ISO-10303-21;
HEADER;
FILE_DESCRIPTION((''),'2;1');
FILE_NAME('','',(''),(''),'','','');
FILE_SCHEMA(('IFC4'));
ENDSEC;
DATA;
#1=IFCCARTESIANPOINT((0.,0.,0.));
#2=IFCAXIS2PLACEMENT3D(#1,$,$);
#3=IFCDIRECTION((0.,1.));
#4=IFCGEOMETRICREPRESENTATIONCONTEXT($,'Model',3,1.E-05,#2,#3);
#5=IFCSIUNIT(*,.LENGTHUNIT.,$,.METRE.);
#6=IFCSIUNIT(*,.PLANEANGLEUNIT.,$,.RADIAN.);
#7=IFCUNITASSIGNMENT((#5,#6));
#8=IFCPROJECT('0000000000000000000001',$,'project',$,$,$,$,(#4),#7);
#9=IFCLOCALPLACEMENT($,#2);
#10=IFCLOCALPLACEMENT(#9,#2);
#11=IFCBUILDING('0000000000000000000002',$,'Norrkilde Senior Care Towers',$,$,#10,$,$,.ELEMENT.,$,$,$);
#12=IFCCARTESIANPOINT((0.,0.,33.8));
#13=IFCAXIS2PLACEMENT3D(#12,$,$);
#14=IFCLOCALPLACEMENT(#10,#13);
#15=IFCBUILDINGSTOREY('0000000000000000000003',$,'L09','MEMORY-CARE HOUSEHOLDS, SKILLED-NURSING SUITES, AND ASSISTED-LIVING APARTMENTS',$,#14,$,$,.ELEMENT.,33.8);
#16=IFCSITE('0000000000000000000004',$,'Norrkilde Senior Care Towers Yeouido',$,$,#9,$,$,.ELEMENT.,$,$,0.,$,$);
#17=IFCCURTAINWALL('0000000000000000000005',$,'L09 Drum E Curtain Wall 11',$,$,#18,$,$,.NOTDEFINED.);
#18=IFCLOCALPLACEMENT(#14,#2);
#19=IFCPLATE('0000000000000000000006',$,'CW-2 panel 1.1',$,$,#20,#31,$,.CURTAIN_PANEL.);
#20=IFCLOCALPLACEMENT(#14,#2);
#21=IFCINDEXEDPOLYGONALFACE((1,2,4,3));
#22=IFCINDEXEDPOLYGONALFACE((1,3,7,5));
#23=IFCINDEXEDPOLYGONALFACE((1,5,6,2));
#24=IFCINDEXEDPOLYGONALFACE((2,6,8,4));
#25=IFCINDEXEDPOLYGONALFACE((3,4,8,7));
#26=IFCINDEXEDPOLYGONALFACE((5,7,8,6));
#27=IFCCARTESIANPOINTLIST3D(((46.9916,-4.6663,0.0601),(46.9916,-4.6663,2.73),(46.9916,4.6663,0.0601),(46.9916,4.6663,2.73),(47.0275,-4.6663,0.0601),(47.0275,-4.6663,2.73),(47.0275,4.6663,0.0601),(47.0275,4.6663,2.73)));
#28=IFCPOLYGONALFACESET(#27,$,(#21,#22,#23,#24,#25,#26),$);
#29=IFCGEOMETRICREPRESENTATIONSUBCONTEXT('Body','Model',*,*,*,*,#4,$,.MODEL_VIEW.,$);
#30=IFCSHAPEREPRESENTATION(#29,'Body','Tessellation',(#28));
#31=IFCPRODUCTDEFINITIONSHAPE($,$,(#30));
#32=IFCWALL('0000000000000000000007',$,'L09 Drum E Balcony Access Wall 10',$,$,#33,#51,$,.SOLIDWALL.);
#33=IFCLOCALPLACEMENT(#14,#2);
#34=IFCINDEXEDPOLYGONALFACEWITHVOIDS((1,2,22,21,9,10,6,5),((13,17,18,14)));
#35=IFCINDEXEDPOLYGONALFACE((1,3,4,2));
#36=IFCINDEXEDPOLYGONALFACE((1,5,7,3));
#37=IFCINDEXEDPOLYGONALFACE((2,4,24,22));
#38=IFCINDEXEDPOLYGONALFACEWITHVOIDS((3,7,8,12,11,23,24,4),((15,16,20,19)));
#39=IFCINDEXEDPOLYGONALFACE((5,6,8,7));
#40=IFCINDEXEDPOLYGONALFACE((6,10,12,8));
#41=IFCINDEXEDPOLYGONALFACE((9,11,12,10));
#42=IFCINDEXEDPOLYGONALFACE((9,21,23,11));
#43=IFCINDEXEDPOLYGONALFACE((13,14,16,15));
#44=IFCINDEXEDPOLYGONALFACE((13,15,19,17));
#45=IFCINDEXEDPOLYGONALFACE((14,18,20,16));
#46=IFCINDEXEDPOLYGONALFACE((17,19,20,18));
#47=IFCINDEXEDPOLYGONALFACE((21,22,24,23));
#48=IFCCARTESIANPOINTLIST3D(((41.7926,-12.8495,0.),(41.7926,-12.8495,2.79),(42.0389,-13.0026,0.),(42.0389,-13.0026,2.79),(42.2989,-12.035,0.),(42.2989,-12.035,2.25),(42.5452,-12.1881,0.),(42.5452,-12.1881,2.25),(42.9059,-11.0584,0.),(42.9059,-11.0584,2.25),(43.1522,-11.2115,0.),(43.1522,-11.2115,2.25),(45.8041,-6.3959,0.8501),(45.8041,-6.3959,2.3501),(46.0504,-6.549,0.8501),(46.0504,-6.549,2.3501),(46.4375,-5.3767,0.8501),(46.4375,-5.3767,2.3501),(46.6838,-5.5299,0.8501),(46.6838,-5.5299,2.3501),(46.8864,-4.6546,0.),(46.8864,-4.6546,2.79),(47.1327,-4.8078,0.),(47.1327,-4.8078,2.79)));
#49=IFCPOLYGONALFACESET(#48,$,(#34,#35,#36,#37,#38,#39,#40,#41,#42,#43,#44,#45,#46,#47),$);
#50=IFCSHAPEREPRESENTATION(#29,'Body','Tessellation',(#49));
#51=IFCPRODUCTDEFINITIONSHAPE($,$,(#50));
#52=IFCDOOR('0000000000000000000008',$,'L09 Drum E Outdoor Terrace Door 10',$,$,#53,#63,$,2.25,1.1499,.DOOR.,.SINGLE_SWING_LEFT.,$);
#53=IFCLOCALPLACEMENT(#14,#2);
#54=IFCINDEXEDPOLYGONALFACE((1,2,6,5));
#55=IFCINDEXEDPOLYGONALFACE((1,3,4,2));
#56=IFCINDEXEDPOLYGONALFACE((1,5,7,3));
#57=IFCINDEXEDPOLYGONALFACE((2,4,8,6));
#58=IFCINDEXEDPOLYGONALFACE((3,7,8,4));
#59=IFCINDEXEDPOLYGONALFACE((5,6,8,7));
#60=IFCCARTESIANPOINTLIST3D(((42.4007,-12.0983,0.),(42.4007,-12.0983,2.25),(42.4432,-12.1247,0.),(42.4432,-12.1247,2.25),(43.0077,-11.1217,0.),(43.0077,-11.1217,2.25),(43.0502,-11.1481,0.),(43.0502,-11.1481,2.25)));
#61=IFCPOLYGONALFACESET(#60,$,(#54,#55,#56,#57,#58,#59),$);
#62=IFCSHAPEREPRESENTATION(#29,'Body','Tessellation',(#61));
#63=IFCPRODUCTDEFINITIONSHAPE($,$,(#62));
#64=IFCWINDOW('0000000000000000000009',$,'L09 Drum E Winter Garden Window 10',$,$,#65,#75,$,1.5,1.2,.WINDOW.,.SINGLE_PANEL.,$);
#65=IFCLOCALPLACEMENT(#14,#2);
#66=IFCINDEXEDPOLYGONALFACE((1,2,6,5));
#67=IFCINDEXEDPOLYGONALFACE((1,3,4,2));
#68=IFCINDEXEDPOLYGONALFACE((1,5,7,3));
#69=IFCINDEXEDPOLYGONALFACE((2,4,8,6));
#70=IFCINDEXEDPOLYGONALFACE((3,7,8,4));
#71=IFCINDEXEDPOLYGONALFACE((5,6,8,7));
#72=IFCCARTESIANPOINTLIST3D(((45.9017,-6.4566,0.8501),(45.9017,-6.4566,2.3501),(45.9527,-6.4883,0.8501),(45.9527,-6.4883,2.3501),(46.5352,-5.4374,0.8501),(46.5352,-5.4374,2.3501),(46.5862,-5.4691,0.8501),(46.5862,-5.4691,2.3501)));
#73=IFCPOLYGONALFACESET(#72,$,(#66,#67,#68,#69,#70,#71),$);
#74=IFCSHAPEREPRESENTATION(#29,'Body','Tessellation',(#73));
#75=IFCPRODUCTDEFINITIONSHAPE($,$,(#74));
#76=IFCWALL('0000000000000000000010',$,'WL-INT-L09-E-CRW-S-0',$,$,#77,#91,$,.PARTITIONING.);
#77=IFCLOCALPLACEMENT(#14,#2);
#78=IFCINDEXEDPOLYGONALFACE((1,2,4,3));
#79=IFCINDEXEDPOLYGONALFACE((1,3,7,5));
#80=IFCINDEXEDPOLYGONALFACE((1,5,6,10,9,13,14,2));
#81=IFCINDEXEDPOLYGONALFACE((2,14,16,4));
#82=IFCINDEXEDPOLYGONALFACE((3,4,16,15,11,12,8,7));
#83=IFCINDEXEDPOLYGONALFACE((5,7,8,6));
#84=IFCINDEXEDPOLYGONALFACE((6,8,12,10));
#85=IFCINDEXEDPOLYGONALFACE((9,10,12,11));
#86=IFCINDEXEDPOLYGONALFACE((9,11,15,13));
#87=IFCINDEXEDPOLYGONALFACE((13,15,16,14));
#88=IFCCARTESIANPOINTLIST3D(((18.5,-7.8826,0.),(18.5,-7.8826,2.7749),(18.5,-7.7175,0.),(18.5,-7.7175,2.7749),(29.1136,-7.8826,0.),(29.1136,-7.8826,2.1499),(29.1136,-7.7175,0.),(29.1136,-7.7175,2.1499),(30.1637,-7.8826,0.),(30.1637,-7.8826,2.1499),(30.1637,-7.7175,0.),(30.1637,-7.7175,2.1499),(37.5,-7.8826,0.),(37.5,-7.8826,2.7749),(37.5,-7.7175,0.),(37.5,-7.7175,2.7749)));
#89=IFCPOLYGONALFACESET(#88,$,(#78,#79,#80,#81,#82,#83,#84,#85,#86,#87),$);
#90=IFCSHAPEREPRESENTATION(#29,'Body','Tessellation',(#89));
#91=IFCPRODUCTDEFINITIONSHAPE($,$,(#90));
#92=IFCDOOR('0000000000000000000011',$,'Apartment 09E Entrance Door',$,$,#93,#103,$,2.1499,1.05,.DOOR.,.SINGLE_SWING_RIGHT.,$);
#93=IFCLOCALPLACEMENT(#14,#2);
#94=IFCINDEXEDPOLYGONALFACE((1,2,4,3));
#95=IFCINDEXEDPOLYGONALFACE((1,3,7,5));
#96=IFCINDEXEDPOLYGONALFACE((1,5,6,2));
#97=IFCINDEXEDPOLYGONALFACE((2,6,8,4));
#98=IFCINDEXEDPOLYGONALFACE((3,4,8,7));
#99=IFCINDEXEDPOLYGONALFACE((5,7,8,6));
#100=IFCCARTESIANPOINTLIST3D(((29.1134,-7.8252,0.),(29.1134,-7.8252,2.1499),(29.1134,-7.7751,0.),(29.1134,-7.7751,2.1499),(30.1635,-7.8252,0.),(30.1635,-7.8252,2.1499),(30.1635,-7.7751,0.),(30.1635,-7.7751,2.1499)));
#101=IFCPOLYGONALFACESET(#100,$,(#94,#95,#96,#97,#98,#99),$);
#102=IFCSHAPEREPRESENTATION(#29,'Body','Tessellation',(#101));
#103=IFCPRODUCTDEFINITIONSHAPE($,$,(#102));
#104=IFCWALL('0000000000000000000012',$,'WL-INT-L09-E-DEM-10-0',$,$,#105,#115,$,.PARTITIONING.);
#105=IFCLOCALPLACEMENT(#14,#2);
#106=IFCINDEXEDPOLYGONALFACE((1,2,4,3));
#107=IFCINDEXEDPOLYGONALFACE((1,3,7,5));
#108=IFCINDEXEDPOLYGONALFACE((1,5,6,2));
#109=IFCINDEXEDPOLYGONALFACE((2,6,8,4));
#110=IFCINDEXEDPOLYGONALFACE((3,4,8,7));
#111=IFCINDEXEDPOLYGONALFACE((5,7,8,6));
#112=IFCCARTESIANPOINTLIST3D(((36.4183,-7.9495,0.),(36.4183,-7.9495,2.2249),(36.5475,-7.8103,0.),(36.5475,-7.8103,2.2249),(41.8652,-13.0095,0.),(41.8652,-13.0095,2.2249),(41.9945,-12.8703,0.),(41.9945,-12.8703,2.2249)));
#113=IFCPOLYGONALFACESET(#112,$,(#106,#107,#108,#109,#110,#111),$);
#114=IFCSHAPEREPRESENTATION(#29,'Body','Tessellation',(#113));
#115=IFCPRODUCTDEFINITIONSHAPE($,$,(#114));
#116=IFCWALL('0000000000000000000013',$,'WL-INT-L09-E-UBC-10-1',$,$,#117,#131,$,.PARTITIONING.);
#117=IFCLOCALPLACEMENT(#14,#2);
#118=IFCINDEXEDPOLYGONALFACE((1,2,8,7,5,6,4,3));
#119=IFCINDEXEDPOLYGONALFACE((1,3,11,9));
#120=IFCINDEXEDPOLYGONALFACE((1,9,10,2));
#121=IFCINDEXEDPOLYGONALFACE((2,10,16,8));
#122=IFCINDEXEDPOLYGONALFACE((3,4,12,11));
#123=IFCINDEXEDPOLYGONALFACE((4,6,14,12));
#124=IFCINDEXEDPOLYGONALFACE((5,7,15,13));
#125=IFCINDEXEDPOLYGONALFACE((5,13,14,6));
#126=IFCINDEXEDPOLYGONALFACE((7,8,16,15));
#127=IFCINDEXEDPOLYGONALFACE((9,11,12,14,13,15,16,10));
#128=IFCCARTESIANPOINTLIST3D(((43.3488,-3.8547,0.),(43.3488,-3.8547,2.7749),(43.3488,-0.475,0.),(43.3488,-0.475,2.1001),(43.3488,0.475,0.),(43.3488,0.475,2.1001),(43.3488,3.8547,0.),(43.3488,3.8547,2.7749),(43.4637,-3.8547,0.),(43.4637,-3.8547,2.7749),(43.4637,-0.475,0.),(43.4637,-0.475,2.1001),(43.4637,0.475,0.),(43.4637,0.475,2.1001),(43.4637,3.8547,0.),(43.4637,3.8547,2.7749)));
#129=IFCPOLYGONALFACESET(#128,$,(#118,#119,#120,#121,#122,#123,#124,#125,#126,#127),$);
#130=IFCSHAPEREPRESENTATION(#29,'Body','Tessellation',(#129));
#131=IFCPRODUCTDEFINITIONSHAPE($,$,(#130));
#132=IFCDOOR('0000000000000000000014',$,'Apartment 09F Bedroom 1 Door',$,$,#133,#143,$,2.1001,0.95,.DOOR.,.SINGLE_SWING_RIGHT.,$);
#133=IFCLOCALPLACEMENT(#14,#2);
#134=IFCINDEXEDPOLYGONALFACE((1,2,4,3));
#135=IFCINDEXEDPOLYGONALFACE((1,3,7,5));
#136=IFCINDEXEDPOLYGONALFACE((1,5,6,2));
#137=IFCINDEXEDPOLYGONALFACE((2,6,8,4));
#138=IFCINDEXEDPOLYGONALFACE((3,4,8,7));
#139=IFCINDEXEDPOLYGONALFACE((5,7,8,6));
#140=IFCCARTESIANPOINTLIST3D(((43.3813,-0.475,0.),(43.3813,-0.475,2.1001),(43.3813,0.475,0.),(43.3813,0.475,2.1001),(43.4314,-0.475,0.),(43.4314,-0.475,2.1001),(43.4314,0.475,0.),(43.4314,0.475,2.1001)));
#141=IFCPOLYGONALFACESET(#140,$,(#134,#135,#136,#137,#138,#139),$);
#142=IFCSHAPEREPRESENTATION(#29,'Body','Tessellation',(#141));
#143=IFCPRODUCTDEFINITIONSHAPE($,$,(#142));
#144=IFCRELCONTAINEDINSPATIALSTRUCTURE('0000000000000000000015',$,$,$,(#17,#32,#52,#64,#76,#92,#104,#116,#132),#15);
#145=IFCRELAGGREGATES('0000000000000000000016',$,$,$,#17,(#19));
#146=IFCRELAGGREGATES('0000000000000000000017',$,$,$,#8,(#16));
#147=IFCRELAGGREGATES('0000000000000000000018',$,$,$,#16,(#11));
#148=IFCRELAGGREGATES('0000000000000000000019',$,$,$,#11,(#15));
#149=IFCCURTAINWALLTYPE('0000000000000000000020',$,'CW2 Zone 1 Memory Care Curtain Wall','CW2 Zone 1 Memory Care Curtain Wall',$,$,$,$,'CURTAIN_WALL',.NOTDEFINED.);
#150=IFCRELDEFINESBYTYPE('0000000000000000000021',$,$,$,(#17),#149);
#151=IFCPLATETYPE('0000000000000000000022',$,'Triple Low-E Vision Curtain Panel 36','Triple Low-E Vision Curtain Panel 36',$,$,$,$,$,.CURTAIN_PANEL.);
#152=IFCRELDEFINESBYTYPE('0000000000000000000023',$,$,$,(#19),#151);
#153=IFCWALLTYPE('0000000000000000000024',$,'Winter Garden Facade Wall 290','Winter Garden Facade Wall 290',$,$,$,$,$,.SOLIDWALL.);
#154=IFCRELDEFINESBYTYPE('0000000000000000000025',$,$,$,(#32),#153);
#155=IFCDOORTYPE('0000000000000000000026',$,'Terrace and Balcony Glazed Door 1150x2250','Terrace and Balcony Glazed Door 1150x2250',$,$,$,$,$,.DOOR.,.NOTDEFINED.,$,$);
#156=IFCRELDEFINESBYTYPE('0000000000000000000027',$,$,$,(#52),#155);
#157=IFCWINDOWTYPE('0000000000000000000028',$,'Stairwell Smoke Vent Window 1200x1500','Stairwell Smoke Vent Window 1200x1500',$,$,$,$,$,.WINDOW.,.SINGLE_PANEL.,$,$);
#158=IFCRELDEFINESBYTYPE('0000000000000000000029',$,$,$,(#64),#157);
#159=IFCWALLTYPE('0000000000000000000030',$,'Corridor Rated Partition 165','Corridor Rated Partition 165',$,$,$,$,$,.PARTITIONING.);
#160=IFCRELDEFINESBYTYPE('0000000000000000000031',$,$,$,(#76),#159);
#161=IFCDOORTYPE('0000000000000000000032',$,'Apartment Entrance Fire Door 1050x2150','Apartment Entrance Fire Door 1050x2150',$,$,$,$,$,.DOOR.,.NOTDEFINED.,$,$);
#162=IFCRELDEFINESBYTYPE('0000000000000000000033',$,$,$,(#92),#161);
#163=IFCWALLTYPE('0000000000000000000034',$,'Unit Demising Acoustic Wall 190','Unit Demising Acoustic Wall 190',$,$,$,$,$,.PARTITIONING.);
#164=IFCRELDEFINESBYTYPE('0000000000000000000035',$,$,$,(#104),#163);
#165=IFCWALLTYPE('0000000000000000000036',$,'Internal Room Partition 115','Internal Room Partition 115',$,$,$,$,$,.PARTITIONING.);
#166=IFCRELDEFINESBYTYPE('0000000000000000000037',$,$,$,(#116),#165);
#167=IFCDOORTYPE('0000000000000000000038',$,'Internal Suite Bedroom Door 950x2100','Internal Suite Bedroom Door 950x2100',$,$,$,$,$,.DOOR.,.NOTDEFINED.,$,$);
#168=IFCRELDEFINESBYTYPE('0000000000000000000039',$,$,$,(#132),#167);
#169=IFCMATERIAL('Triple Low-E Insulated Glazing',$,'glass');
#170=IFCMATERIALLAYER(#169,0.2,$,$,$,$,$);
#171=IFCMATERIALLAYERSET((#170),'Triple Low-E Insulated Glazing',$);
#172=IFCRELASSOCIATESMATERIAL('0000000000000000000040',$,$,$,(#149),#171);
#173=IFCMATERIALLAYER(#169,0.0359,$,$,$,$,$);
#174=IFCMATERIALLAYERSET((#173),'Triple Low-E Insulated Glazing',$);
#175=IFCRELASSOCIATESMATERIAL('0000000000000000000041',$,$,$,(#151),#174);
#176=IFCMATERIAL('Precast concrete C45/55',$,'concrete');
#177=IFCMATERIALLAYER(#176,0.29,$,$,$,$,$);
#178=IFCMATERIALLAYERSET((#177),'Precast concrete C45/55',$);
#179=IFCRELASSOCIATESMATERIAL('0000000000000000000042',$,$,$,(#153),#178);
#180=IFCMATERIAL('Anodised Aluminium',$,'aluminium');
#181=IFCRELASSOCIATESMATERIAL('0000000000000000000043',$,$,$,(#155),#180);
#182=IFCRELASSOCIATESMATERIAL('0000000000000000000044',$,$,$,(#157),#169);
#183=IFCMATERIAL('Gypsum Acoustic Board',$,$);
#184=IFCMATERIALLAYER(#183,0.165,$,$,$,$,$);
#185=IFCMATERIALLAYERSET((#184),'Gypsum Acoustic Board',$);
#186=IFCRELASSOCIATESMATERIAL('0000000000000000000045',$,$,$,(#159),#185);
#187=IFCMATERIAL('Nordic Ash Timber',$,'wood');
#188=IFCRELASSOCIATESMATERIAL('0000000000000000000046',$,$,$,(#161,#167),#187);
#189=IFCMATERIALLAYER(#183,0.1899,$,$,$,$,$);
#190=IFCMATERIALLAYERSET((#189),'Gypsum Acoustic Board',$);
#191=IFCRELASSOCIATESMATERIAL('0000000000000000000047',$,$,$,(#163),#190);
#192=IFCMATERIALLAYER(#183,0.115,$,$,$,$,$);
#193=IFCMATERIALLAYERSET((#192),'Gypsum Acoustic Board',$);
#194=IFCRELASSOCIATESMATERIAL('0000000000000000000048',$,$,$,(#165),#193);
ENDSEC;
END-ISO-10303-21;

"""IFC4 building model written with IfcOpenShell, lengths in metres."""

from ifc_helpers import new_model, si_unit, direction, frame, frame_2d, origin, origin_2d, place, context, subcontext, project, spatial, rectangle, extrude, source, transform, mapped, material, layer, layer_set, type_object, type_shapes, element, fill, aggregate, save


model = new_model("IFC4")

# Units and contexts
model_context = context("Model", 3, precision=1e-05, world=origin(), true_north=direction((0.0, 1.0)))
body_context = subcontext(model_context, "Body", "Model", "MODEL_VIEW")
ifc_project = project(units=[si_unit("LENGTHUNIT", "METRE"), si_unit("PLANEANGLEUNIT", "RADIAN")], contexts=[model_context])

# Site, building, storey
site_placement = place(None, origin())
site = spatial("IfcSite", under=ifc_project, at=site_placement, Name="Norrkilde Senior Care Towers Yeouido", CompositionType="ELEMENT", RefElevation=0.0)
building_placement = place(site_placement, origin())
building = spatial("IfcBuilding", under=site, at=building_placement, Name="Norrkilde Senior Care Towers", CompositionType="ELEMENT")
storey_placement = place(building_placement, frame((0.0, 0.0, 33.8)))
storey = spatial("IfcBuildingStorey", under=building, at=storey_placement, Name="L09", Description="MEMORY-CARE HOUSEHOLDS, SKILLED-NURSING SUITES, AND ASSISTED-LIVING APARTMENTS", CompositionType="ELEMENT", Elevation=33.8)

# Curtain wall
ifc_material_1 = material(Name="Triple Low-E Insulated Glazing", Category="glass")
ifc_layer_1 = layer(ifc_material_1, 0.2)
ifc_layer_set_1 = layer_set([ifc_layer_1], Name="Triple Low-E Insulated Glazing")
curtain_wall_type = type_object("IfcCurtainWallType", Name="CW2 Zone 1 Memory Care Curtain Wall", Description="CW2 Zone 1 Memory Care Curtain Wall", ElementType="CURTAIN_WALL", PredefinedType="NOTDEFINED", material=ifc_layer_set_1)
ifc_material_2 = material(Name="Anodised Aluminium", Category="aluminium")
curtain_wall_1_placement = place(storey_placement, origin())
curtain_wall_1 = element("IfcCurtainWall", 1, at=curtain_wall_1_placement, inside=storey, type_object=curtain_wall_type, Name="L09 Drum E Curtain Wall 11", PredefinedType="NOTDEFINED")

# Plate
ifc_layer_2 = layer(ifc_material_1, 0.0359)
ifc_layer_set_2 = layer_set([ifc_layer_2], Name="Triple Low-E Insulated Glazing")
plate_type = type_object("IfcPlateType", Name="Triple Low-E Vision Curtain Panel 36", Description="Triple Low-E Vision Curtain Panel 36", PredefinedType="CURTAIN_PANEL", material=ifc_layer_set_2)
shared_shape_1 = source(origin(), body_context, "Body", "SweptSolid", [
    extrude(rectangle(XDim=9.3325, YDim=0.0359, at=origin_2d()), origin(), (0.0, 0.0, 1.0), 2.6699),
])
plate_1_placement = place(storey_placement, frame((47.0095, 0.0, 0.0601), z_axis=(0.0, 0.0, 1.0), x_axis=(0.0, -1.0, 0.0)))
plate_1 = element("IfcPlate", 2, at=plate_1_placement, type_object=plate_type, Name="CW-2 panel 1.1", PredefinedType="CURTAIN_PANEL", context=body_context, shape_type="MappedRepresentation", body=[
    mapped(shared_shape_1, transform((0.0, 0.0, 0.0), x_axis=(1.0, 0.0, 0.0), y_axis=(0.0, 1.0, 0.0), z_axis=(0.0, 0.0, 1.0), scale=1.0)),
])
aggregate(curtain_wall_1, [plate_1])

# Wall, openings, door, window
ifc_material_3 = material(Name="Precast concrete C45/55", Category="concrete")
ifc_layer_3 = layer(ifc_material_3, 0.29)
ifc_layer_set_3 = layer_set([ifc_layer_3], Name="Precast concrete C45/55")
wall_type_1 = type_object("IfcWallType", Name="Winter Garden Facade Wall 290", Description="Winter Garden Facade Wall 290", PredefinedType="SOLIDWALL", material=ifc_layer_set_3)
shared_shape_2 = source(origin(), body_context, "Body", "SweptSolid", [
    extrude(rectangle(XDim=9.6489, YDim=0.29, at=frame_2d((4.8245, 0.0))), origin(), (0.0, 0.0, 1.0), 2.79),
])
type_shapes(wall_type_1, [shared_shape_2])
wall_1_placement = place(storey_placement, frame((47.0095, -4.7312, 0.0), z_axis=(0.0, 0.0, 1.0), x_axis=(-0.527909, -0.849301, 0.0)))
wall_1 = element("IfcWall", 3, at=wall_1_placement, inside=storey, type_object=wall_type_1, Name="L09 Drum E Balcony Access Wall 10", PredefinedType="SOLIDWALL", context=body_context, shape_type="MappedRepresentation", body=[
    mapped(shared_shape_2, transform((0.0, 0.0, 0.0), x_axis=(1.0, 0.0, 0.0), y_axis=(0.0, 1.0, 0.0), z_axis=(0.0, 0.0, 1.0), scale=1.0)),
])
opening_1_placement = place(wall_1_placement, frame((7.54, 0.0, 0.0)))
opening_1 = element("IfcOpeningElement", 4, at=opening_1_placement, cuts=wall_1, PredefinedType="OPENING", context=body_context, shape_type="SweptSolid", body=[
    extrude(rectangle(XDim=1.1499, YDim=2.25, at=frame_2d((0.575, 1.125))), frame((0.0, 0.155, 0.0), z_axis=(0.0, -1.0, 0.0), x_axis=(1.0, 0.0, 0.0)), (0.0, 0.0, 1.0), 0.3101),
])
opening_2_placement = place(wall_1_placement, frame((0.8501, 0.0, 0.8501)))
opening_2 = element("IfcOpeningElement", 5, at=opening_2_placement, cuts=wall_1, PredefinedType="OPENING", context=body_context, shape_type="SweptSolid", body=[
    extrude(rectangle(XDim=1.2, YDim=1.5, at=frame_2d((0.6001, 0.75))), frame((0.0, 0.155, 0.0), z_axis=(0.0, -1.0, 0.0), x_axis=(1.0, 0.0, 0.0)), (0.0, 0.0, 1.0), 0.3101),
])
door_type_1 = type_object("IfcDoorType", Name="Terrace and Balcony Glazed Door 1150x2250", Description="Terrace and Balcony Glazed Door 1150x2250", OperationType="NOTDEFINED", PredefinedType="DOOR", material=ifc_material_2)
shared_shape_3 = source(origin(), body_context, "Body", "SweptSolid", [
    extrude(rectangle(XDim=1.1499, YDim=2.25, at=frame_2d((0.575, 1.125))), frame((0.0, 0.0249, 0.0), z_axis=(0.0, -1.0, 0.0), x_axis=(1.0, 0.0, 0.0)), (0.0, 0.0, 1.0), 0.05),
])
type_shapes(door_type_1, [shared_shape_3])
door_1_placement = place(opening_1_placement, origin())
door_1 = element("IfcDoor", 6, at=door_1_placement, inside=storey, type_object=door_type_1, Name="L09 Drum E Outdoor Terrace Door 10", OperationType="SINGLE_SWING_LEFT", OverallHeight=2.25, OverallWidth=1.1499, PredefinedType="DOOR", context=body_context, shape_type="MappedRepresentation", body=[
    mapped(shared_shape_3, transform((0.0, 0.0, 0.0), x_axis=(1.0, 0.0, 0.0), y_axis=(0.0, 1.0, 0.0), z_axis=(0.0, 0.0, 1.0), scale=1.0)),
])
fill(opening_1, door_1)
window_type = type_object("IfcWindowType", Name="Stairwell Smoke Vent Window 1200x1500", Description="Stairwell Smoke Vent Window 1200x1500", PartitioningType="SINGLE_PANEL", PredefinedType="WINDOW", material=ifc_material_1)
shared_shape_4 = source(origin(), body_context, "Body", "SweptSolid", [
    extrude(rectangle(XDim=1.2, YDim=1.5, at=frame_2d((0.6001, 0.75))), frame((0.0, 0.03, 0.0), z_axis=(0.0, -1.0, 0.0), x_axis=(1.0, 0.0, 0.0)), (0.0, 0.0, 1.0), 0.0601),
])
type_shapes(window_type, [shared_shape_4])
window_placement = place(opening_2_placement, origin())
window = element("IfcWindow", 7, at=window_placement, inside=storey, type_object=window_type, Name="L09 Drum E Winter Garden Window 10", OverallHeight=1.5, OverallWidth=1.2, PartitioningType="SINGLE_PANEL", PredefinedType="WINDOW", context=body_context, shape_type="MappedRepresentation", body=[
    mapped(shared_shape_4, transform((0.0, 0.0, 0.0), x_axis=(1.0, 0.0, 0.0), y_axis=(0.0, 1.0, 0.0), z_axis=(0.0, 0.0, 1.0), scale=1.0)),
])
fill(opening_2, window)

# Wall, opening, door
ifc_material_4 = material(Name="Gypsum Acoustic Board")
ifc_layer_4 = layer(ifc_material_4, 0.165)
ifc_layer_set_4 = layer_set([ifc_layer_4], Name="Gypsum Acoustic Board")
wall_type_2 = type_object("IfcWallType", Name="Corridor Rated Partition 165", Description="Corridor Rated Partition 165", PredefinedType="PARTITIONING", material=ifc_layer_set_4)
shared_shape_5 = source(origin(), body_context, "Body", "SweptSolid", [
    extrude(rectangle(XDim=19.0, YDim=0.165, at=frame_2d((9.5, 0.0))), origin(), (0.0, 0.0, 1.0), 2.7749),
])
type_shapes(wall_type_2, [shared_shape_5])
wall_2_placement = place(storey_placement, frame((37.5, -7.8, 0.0), z_axis=(0.0, 0.0, 1.0), x_axis=(-1.0, 0.0, 0.0)))
wall_2 = element("IfcWall", 8, at=wall_2_placement, inside=storey, type_object=wall_type_2, Name="WL-INT-L09-E-CRW-S-0", PredefinedType="PARTITIONING", context=body_context, shape_type="MappedRepresentation", body=[
    mapped(shared_shape_5, transform((0.0, 0.0, 0.0), x_axis=(1.0, 0.0, 0.0), y_axis=(0.0, 1.0, 0.0), z_axis=(0.0, 0.0, 1.0), scale=1.0)),
])
opening_3_placement = place(wall_2_placement, frame((7.3364, 0.0, 0.0)))
opening_3 = element("IfcOpeningElement", 9, at=opening_3_placement, cuts=wall_2, PredefinedType="OPENING", context=body_context, shape_type="SweptSolid", body=[
    extrude(rectangle(XDim=1.05, YDim=2.1499, at=frame_2d((0.5249, 1.075))), frame((0.0, 0.0925, 0.0), z_axis=(0.0, -1.0, 0.0), x_axis=(1.0, 0.0, 0.0)), (0.0, 0.0, 1.0), 0.1851),
])
ifc_material_5 = material(Name="Nordic Ash Timber", Category="wood")
door_type_2 = type_object("IfcDoorType", Name="Apartment Entrance Fire Door 1050x2150", Description="Apartment Entrance Fire Door 1050x2150", OperationType="NOTDEFINED", PredefinedType="DOOR", material=ifc_material_5)
shared_shape_6 = source(origin(), body_context, "Body", "SweptSolid", [
    extrude(rectangle(XDim=1.05, YDim=2.1499, at=frame_2d((0.5249, 1.075))), frame((0.0, 0.0249, 0.0), z_axis=(0.0, -1.0, 0.0), x_axis=(1.0, 0.0, 0.0)), (0.0, 0.0, 1.0), 0.05),
])
type_shapes(door_type_2, [shared_shape_6])
door_2_placement = place(opening_3_placement, frame((1.05, 0.0, 0.0), z_axis=(0.0, 0.0, 1.0), x_axis=(-1.0, 0.0, 0.0)))
door_2 = element("IfcDoor", 10, at=door_2_placement, inside=storey, type_object=door_type_2, Name="Apartment 09E Entrance Door", OperationType="SINGLE_SWING_RIGHT", OverallHeight=2.1499, OverallWidth=1.05, PredefinedType="DOOR", context=body_context, shape_type="MappedRepresentation", body=[
    mapped(shared_shape_6, transform((0.0, 0.0, 0.0), x_axis=(1.0, 0.0, 0.0), y_axis=(0.0, 1.0, 0.0), z_axis=(0.0, 0.0, 1.0), scale=1.0)),
])
fill(opening_3, door_2)

# Wall
ifc_layer_5 = layer(ifc_material_4, 0.1899)
ifc_layer_set_5 = layer_set([ifc_layer_5], Name="Gypsum Acoustic Board")
wall_type_3 = type_object("IfcWallType", Name="Unit Demising Acoustic Wall 190", Description="Unit Demising Acoustic Wall 190", PredefinedType="PARTITIONING", material=ifc_layer_set_5)
shared_shape_7 = source(origin(), body_context, "Body", "SweptSolid", [
    extrude(rectangle(XDim=7.4346, YDim=0.1899, at=frame_2d((3.7173, 0.0))), origin(), (0.0, 0.0, 1.0), 2.2249),
])
type_shapes(wall_type_3, [shared_shape_7])
wall_3_placement = place(storey_placement, frame((36.4829, -7.8799, 0.0), z_axis=(0.0, 0.0, 1.0), x_axis=(0.732652, -0.680603, 0.0)))
element("IfcWall", 11, at=wall_3_placement, inside=storey, type_object=wall_type_3, Name="WL-INT-L09-E-DEM-10-0", PredefinedType="PARTITIONING", context=body_context, shape_type="MappedRepresentation", body=[
    mapped(shared_shape_7, transform((0.0, 0.0, 0.0), x_axis=(1.0, 0.0, 0.0), y_axis=(0.0, 1.0, 0.0), z_axis=(0.0, 0.0, 1.0), scale=1.0)),
])

# Wall, opening, door
ifc_layer_6 = layer(ifc_material_4, 0.115)
ifc_layer_set_6 = layer_set([ifc_layer_6], Name="Gypsum Acoustic Board")
wall_type_4 = type_object("IfcWallType", Name="Internal Room Partition 115", Description="Internal Room Partition 115", PredefinedType="PARTITIONING", material=ifc_layer_set_6)
shared_shape_8 = source(origin(), body_context, "Body", "SweptSolid", [
    extrude(rectangle(XDim=7.7095, YDim=0.115, at=frame_2d((3.8547, 0.0))), origin(), (0.0, 0.0, 1.0), 2.7749),
])
wall_4_placement = place(storey_placement, frame((43.4062, -3.8547, 0.0), z_axis=(0.0, 0.0, 1.0), x_axis=(0.0, 1.0, 0.0)))
wall_4 = element("IfcWall", 12, at=wall_4_placement, inside=storey, type_object=wall_type_4, Name="WL-INT-L09-E-UBC-10-1", PredefinedType="PARTITIONING", context=body_context, shape_type="MappedRepresentation", body=[
    mapped(shared_shape_8, transform((0.0, 0.0, 0.0), x_axis=(1.0, 0.0, 0.0), y_axis=(0.0, 1.0, 0.0), z_axis=(0.0, 0.0, 1.0), scale=1.0)),
])
opening_4_placement = place(wall_4_placement, frame((3.3796, 0.0, 0.0)))
opening_4 = element("IfcOpeningElement", 13, at=opening_4_placement, cuts=wall_4, PredefinedType="OPENING", context=body_context, shape_type="SweptSolid", body=[
    extrude(rectangle(XDim=0.95, YDim=2.1001, at=frame_2d((0.4751, 1.05))), frame((0.0, 0.0674, 0.0), z_axis=(0.0, -1.0, 0.0), x_axis=(1.0, 0.0, 0.0)), (0.0, 0.0, 1.0), 0.135),
])
door_type_3 = type_object("IfcDoorType", Name="Internal Suite Bedroom Door 950x2100", Description="Internal Suite Bedroom Door 950x2100", OperationType="NOTDEFINED", PredefinedType="DOOR", material=ifc_material_5)
shared_shape_9 = source(origin(), body_context, "Body", "SweptSolid", [
    extrude(rectangle(XDim=0.95, YDim=2.1001, at=frame_2d((0.4751, 1.05))), frame((0.0, 0.0249, 0.0), z_axis=(0.0, -1.0, 0.0), x_axis=(1.0, 0.0, 0.0)), (0.0, 0.0, 1.0), 0.05),
])
type_shapes(door_type_3, [shared_shape_9])
door_3_placement = place(opening_4_placement, origin())
door_3 = element("IfcDoor", 14, at=door_3_placement, inside=storey, type_object=door_type_3, Name="Apartment 09F Bedroom 1 Door", OperationType="SINGLE_SWING_RIGHT", OverallHeight=2.1001, OverallWidth=0.95, PredefinedType="DOOR", context=body_context, shape_type="MappedRepresentation", body=[
    mapped(shared_shape_9, transform((0.0, 0.0, 0.0), x_axis=(1.0, 0.0, 0.0), y_axis=(0.0, 1.0, 0.0), z_axis=(0.0, 0.0, 1.0), scale=1.0)),
])
fill(opening_4, door_3)

save(model, "model.ifc")
